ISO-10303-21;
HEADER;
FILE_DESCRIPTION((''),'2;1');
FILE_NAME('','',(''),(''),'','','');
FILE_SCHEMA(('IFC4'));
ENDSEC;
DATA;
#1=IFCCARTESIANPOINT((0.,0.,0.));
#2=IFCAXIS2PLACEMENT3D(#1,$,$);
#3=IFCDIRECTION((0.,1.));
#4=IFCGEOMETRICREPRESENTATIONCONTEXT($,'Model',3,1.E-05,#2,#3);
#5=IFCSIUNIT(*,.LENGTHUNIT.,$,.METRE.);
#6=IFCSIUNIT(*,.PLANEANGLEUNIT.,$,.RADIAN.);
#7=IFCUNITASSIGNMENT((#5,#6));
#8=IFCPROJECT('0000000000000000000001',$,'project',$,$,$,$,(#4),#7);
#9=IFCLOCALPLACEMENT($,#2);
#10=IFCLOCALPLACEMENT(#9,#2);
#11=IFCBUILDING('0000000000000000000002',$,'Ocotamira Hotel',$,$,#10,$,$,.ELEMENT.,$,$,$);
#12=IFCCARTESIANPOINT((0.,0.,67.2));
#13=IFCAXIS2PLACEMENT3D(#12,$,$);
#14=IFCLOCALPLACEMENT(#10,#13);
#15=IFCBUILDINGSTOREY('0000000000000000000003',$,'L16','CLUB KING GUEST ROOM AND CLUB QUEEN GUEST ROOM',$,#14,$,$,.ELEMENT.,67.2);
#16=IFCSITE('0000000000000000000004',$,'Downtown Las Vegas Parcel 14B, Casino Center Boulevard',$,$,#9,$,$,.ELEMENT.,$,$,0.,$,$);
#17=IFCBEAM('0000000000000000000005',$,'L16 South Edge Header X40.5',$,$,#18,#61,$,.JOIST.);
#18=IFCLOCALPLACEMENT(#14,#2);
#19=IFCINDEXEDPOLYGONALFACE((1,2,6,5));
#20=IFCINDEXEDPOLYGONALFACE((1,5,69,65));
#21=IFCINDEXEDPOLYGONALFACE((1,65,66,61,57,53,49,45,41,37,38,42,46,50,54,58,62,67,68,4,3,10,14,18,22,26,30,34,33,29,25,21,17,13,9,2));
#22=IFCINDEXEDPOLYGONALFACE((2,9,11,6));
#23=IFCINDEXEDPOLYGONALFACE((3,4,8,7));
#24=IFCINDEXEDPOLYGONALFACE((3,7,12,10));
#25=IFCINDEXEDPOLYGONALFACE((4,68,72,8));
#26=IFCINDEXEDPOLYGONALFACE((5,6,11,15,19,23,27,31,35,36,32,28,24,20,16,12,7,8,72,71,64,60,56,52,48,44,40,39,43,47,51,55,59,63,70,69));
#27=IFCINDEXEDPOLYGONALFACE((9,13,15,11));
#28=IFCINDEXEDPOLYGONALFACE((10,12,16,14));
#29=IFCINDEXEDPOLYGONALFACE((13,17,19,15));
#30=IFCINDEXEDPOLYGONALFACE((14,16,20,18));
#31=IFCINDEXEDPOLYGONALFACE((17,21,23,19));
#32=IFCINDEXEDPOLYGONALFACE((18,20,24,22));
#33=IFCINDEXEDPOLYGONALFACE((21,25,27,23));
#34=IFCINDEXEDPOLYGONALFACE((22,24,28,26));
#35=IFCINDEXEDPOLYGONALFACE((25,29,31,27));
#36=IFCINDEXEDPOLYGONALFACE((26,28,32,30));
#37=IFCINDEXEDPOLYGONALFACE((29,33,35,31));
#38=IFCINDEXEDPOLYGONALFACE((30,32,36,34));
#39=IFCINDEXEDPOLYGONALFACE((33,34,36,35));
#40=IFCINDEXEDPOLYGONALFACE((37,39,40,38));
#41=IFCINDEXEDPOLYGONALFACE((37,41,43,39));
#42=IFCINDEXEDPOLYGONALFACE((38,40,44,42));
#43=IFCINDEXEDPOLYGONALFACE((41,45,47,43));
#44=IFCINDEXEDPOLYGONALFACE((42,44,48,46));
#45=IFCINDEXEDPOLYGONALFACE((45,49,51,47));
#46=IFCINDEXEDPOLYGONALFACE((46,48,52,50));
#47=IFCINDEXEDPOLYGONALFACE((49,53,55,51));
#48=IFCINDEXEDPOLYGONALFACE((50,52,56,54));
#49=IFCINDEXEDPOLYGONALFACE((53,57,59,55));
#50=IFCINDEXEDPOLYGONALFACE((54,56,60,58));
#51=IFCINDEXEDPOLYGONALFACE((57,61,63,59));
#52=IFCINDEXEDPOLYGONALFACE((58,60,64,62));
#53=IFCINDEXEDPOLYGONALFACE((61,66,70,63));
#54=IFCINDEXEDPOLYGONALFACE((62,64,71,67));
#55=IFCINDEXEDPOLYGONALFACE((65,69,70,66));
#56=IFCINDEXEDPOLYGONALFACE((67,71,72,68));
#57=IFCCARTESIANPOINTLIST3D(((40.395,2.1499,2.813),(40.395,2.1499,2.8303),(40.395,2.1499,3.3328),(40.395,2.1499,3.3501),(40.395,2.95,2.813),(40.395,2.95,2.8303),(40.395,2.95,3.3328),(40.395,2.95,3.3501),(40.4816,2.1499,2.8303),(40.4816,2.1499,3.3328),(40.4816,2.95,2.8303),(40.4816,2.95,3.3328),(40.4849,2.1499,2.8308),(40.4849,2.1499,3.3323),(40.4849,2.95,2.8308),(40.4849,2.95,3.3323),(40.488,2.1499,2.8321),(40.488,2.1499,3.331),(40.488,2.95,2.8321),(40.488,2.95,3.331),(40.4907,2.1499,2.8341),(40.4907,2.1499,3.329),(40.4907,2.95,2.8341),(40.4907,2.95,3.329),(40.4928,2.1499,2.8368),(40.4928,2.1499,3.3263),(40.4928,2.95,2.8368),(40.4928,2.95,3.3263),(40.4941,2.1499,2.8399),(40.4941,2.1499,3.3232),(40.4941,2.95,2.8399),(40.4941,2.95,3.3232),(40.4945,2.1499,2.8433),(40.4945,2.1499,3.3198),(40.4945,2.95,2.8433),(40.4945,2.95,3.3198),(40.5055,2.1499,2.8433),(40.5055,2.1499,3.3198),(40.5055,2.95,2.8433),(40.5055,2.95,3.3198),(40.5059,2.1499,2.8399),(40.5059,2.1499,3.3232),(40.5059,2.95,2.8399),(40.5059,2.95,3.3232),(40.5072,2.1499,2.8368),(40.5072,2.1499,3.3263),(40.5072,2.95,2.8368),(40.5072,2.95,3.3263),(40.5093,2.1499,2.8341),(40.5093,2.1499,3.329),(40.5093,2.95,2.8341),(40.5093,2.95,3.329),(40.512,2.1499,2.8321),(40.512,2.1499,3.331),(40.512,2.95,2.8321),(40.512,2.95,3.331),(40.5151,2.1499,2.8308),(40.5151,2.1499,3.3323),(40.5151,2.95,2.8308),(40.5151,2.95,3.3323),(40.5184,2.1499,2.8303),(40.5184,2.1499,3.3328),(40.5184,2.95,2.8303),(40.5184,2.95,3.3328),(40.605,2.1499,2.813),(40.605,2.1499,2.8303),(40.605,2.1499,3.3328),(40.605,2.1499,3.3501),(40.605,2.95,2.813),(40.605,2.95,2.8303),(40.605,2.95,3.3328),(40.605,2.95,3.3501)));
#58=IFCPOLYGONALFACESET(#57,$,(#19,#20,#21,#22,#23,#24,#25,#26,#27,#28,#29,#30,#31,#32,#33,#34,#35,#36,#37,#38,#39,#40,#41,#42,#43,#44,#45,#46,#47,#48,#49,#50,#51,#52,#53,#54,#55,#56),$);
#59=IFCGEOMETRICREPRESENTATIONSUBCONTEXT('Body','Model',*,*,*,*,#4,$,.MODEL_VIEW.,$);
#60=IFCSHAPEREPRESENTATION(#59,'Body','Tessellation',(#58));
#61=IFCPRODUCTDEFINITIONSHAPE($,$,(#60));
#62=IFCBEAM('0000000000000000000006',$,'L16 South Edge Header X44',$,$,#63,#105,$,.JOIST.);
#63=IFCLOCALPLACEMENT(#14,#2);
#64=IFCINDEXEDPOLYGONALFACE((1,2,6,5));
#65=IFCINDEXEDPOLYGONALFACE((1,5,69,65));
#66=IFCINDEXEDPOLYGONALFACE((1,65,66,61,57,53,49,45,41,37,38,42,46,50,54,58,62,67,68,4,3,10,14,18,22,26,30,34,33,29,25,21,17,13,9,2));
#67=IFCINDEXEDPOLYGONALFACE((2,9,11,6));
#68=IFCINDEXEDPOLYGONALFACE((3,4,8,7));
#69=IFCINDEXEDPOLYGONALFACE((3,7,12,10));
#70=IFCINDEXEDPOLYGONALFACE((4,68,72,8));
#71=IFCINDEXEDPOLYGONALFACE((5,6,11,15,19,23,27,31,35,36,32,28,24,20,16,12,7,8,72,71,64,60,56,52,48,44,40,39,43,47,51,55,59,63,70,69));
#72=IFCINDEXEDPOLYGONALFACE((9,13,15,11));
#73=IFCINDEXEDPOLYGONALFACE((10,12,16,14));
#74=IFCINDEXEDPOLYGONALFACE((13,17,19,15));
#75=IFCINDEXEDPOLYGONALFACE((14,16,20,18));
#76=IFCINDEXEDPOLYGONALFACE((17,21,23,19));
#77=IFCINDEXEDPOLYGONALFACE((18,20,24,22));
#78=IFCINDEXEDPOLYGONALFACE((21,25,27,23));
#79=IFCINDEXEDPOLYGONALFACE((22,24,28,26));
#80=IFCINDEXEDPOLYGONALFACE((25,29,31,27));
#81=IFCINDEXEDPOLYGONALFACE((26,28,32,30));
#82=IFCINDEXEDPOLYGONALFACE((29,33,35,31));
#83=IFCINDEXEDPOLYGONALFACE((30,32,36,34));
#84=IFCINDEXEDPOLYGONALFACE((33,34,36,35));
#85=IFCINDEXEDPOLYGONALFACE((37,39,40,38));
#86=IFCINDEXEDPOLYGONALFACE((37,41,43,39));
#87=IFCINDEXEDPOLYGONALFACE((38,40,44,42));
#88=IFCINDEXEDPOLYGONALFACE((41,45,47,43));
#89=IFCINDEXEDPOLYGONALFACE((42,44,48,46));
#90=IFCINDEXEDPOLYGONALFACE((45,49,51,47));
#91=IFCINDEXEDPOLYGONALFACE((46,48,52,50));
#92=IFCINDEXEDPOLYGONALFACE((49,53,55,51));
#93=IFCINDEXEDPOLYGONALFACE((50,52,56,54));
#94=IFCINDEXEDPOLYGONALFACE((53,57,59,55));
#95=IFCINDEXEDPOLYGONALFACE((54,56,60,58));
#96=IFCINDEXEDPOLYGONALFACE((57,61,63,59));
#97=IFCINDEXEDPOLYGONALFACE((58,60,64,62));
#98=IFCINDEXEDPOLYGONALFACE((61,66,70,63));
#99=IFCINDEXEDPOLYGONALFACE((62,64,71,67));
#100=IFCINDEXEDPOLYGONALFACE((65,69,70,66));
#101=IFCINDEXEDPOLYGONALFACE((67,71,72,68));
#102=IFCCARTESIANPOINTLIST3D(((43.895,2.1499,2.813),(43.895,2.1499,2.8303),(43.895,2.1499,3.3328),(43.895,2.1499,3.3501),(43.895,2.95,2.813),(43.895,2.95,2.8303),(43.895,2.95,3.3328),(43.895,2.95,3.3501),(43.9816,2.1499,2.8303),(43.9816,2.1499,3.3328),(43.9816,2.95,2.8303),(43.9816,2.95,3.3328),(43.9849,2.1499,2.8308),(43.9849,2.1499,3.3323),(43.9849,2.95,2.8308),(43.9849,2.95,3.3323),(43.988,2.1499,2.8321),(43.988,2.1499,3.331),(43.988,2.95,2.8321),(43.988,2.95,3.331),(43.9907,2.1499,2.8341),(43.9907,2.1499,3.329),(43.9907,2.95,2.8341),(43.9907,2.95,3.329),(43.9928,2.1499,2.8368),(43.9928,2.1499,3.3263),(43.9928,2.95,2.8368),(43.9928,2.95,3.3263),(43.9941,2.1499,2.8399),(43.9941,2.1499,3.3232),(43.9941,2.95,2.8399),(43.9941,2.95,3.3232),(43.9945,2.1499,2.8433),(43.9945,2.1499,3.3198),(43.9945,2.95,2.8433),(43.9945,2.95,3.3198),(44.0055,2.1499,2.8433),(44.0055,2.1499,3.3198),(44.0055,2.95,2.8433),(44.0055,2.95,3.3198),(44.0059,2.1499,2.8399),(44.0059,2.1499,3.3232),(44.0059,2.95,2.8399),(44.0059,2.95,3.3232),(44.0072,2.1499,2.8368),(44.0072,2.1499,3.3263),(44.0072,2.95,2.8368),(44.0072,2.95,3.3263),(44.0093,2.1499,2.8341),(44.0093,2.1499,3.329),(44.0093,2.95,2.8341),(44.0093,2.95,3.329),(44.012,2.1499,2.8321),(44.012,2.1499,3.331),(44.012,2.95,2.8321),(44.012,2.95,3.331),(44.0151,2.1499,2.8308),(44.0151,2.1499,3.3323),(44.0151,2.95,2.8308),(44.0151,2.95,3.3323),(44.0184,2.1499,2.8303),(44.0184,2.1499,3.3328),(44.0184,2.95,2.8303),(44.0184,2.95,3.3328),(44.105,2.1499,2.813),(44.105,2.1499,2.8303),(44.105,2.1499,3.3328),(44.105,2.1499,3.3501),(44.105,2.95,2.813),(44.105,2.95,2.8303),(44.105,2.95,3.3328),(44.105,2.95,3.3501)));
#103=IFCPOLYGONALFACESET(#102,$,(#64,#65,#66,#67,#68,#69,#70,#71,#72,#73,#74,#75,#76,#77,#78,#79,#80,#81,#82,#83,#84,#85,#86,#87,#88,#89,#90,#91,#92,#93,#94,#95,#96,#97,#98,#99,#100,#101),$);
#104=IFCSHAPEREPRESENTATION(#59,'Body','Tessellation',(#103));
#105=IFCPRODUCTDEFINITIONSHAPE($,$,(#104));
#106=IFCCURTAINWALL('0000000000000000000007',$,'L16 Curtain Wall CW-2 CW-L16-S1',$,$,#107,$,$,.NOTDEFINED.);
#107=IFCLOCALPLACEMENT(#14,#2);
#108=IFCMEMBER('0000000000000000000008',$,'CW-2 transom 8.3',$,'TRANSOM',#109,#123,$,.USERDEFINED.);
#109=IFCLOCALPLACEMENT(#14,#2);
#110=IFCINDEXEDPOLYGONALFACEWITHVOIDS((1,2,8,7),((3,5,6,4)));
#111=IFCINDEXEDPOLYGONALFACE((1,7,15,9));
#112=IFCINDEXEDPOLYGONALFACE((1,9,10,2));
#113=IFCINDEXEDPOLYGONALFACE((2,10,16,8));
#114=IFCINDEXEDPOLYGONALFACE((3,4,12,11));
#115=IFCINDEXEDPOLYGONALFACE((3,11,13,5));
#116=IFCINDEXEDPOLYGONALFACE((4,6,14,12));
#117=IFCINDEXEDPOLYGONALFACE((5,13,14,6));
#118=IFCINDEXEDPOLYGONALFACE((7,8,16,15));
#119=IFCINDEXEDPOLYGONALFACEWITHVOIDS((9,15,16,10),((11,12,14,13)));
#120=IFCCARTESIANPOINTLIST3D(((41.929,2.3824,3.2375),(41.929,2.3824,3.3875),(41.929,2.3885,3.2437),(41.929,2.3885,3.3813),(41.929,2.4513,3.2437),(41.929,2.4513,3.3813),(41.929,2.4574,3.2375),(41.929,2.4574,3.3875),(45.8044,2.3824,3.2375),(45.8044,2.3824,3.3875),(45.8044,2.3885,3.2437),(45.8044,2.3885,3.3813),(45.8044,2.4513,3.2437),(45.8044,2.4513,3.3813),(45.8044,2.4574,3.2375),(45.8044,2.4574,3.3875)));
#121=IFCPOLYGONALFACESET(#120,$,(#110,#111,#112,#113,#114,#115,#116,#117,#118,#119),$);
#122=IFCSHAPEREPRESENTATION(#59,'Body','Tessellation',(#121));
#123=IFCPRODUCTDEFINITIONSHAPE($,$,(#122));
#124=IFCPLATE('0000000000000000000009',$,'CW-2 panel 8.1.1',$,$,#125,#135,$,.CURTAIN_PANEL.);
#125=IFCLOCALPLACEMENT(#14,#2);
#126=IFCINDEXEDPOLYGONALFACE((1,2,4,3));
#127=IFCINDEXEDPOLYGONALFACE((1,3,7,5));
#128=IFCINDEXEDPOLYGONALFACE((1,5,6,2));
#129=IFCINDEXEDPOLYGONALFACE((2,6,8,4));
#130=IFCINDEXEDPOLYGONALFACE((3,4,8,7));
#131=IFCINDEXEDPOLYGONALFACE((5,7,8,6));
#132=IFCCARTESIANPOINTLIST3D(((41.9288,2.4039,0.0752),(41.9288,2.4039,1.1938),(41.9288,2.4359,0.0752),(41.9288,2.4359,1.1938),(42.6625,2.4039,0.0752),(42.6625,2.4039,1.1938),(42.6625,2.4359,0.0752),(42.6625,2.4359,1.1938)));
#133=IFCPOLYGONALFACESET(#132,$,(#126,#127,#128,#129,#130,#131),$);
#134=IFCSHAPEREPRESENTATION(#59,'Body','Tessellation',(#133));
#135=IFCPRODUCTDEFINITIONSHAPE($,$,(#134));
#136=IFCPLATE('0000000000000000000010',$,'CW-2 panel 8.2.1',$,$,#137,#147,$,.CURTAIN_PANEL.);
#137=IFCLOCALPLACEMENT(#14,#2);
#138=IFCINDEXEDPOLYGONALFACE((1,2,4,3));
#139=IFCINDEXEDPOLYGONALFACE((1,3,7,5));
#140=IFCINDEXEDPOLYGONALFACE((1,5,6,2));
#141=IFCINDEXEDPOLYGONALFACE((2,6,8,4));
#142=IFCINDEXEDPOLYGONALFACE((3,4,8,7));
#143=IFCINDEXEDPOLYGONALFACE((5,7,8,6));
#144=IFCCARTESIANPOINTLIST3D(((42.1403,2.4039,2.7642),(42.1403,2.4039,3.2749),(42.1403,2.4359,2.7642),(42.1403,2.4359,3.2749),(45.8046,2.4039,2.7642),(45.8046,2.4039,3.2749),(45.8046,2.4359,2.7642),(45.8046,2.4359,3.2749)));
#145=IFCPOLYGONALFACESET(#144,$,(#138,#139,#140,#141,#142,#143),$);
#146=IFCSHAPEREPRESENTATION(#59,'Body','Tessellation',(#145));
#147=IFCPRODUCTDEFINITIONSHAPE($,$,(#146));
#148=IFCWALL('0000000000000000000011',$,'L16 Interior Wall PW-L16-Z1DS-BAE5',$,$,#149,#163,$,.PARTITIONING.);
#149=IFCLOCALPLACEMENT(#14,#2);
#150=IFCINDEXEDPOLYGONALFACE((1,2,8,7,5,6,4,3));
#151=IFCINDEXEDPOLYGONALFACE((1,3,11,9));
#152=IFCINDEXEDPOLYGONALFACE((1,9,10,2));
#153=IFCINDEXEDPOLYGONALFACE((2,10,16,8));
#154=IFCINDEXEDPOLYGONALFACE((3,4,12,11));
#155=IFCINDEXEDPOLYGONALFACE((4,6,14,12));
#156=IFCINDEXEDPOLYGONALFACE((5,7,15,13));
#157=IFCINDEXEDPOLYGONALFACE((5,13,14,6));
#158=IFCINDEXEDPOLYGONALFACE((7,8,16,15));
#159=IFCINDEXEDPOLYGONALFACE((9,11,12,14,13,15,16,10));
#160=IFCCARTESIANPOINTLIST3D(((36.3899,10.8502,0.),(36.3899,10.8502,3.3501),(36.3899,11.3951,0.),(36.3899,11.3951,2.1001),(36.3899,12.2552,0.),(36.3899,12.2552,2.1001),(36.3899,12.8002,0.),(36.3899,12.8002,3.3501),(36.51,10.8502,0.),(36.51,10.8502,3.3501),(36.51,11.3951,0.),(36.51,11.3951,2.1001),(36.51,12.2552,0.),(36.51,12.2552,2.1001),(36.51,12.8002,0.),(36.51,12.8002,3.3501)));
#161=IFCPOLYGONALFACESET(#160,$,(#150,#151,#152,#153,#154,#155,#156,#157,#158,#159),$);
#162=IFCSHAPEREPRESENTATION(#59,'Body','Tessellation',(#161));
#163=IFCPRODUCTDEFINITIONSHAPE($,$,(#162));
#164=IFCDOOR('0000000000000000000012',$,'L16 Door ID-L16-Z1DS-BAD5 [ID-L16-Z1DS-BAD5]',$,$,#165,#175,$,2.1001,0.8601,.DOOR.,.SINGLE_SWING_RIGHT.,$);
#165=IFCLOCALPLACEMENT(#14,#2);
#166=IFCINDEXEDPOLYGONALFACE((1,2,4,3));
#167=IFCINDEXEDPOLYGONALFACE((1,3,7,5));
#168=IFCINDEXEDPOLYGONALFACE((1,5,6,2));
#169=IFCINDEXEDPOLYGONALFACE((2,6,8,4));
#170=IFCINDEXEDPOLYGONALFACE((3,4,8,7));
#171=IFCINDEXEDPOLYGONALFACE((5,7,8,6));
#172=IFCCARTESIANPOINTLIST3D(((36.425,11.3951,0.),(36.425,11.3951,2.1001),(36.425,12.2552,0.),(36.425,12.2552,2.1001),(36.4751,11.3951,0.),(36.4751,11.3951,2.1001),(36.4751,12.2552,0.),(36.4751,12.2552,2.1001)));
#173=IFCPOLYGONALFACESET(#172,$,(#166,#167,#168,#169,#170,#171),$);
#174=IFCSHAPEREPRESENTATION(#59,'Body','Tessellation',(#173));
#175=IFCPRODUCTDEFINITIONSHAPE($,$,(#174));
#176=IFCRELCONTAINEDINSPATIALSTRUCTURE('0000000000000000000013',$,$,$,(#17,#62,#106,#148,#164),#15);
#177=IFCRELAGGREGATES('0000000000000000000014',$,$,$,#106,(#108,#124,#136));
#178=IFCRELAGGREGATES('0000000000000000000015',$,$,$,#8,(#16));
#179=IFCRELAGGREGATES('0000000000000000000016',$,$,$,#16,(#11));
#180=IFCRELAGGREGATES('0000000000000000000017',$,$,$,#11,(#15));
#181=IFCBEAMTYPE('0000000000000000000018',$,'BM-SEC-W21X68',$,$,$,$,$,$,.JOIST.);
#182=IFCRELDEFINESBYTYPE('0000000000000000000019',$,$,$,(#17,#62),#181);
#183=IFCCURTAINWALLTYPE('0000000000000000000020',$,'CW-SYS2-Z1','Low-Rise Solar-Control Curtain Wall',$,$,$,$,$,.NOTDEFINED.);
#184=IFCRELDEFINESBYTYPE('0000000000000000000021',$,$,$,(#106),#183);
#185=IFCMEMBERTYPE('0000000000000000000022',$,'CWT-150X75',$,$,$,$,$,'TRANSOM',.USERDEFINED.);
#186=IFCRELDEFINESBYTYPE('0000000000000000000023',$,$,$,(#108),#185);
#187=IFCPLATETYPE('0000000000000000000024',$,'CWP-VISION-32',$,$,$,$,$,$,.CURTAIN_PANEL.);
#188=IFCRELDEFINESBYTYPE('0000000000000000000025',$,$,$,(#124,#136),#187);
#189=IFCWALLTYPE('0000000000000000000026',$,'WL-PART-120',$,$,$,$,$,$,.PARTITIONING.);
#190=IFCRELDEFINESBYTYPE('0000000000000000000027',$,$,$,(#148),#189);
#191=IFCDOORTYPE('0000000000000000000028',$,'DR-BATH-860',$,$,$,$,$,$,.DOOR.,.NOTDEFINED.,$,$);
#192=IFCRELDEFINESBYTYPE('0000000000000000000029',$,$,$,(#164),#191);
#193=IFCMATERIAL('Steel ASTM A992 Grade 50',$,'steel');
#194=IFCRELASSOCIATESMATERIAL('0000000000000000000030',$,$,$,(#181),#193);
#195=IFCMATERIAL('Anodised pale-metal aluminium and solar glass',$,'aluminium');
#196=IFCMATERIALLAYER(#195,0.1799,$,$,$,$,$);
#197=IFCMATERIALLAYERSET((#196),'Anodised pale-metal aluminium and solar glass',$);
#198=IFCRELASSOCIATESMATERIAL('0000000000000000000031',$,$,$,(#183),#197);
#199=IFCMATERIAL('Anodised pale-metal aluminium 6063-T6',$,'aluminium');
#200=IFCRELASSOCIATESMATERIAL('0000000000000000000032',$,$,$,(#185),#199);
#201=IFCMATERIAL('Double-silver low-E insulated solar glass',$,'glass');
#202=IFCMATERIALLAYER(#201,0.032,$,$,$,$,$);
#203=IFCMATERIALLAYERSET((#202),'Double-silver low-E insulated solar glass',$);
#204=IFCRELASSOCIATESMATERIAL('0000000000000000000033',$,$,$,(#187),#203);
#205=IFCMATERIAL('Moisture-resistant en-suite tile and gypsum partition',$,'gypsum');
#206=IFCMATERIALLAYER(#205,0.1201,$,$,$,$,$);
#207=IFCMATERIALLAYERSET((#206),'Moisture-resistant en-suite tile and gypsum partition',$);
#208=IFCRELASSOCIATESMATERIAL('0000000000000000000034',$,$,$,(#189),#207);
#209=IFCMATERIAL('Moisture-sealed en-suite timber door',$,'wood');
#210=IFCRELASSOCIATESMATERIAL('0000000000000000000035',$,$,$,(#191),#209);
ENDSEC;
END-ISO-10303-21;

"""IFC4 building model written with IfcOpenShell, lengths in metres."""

from ifc_helpers import new_model, si_unit, direction, frame, frame_2d, origin, origin_2d, place, context, subcontext, project, spatial, rectangle, hollow_rectangle, i_section, extrude, source, transform, mapped, material, layer, layer_set, material_profile, profile_set, type_object, element, fill, aggregate, save


model = new_model("IFC4")

# Units and contexts
model_context = context("Model", 3, precision=1e-05, world=origin(), true_north=direction((0.0, 1.0)))
body_context = subcontext(model_context, "Body", "Model", "MODEL_VIEW")
ifc_project = project(units=[si_unit("LENGTHUNIT", "METRE"), si_unit("PLANEANGLEUNIT", "RADIAN")], contexts=[model_context])

# Site, building, storey
site_placement = place(None, origin())
site = spatial("IfcSite", under=ifc_project, at=site_placement, Name="Downtown Las Vegas Parcel 14B, Casino Center Boulevard", CompositionType="ELEMENT", RefElevation=0.0)
building_placement = place(site_placement, origin())
building = spatial("IfcBuilding", under=site, at=building_placement, Name="Ocotamira Hotel", CompositionType="ELEMENT")
storey_placement = place(building_placement, frame((0.0, 0.0, 67.2)))
storey = spatial("IfcBuildingStorey", under=building, at=storey_placement, Name="L16", Description="CLUB KING GUEST ROOM AND CLUB QUEEN GUEST ROOM", CompositionType="ELEMENT", Elevation=67.2)

# Beams
ifc_material_1 = material(Name="Steel ASTM A992 Grade 50", Category="steel")
ifc_material_profile_1 = material_profile(ifc_material_1, i_section(OverallWidth=0.21, OverallDepth=0.5371, WebThickness=0.011, FlangeThickness=0.0173, FilletRadius=0.0129, at=origin_2d()), Name="W21X68")
ifc_profile_set_1 = profile_set([ifc_material_profile_1], Name="Steel ASTM A992 Grade 50")
beam_type_1 = type_object("IfcBeamType", Name="BM-SEC-W21X68", PredefinedType="JOIST", material=ifc_profile_set_1)
shared_shape_1 = source(origin(), body_context, "Body", "SweptSolid", [
    extrude(i_section(OverallWidth=0.21, OverallDepth=0.5371, WebThickness=0.011, FlangeThickness=0.0173, FilletRadius=0.0129, at=origin_2d()), origin(), (0.0, 0.0, 1.0), 0.8),
])
for number, where, z_axis, x_axis, name in (
    (1, (40.5, 2.95, 3.0815), (0.0, -1.0, 0.0), (1.0, 0.0, 0.0), "L16 South Edge Header X40.5"),
    (2, (44.0, 2.95, 3.0815), (0.0, -1.0, 0.0), (1.0, 0.0, 0.0), "L16 South Edge Header X44"),
):
    element("IfcBeam", number, at=place(storey_placement, frame(where, z_axis=z_axis, x_axis=x_axis)), inside=storey, type_object=beam_type_1, Name=name, PredefinedType="JOIST", context=body_context, shape_type="MappedRepresentation", body=[
        mapped(shared_shape_1, transform((0.0, 0.0, 0.0), scale=1.0)),
    ])

# Curtain wall, member, plates
ifc_material_2 = material(Name="Anodised pale-metal aluminium and solar glass", Category="aluminium")
ifc_layer_1 = layer(ifc_material_2, 0.1799)
ifc_layer_set_1 = layer_set([ifc_layer_1], Name="Anodised pale-metal aluminium and solar glass")
curtain_wall_type = type_object("IfcCurtainWallType", Name="CW-SYS2-Z1", Description="Low-Rise Solar-Control Curtain Wall", PredefinedType="NOTDEFINED", material=ifc_layer_set_1)
curtain_wall_placement = place(storey_placement, origin())
curtain_wall = element("IfcCurtainWall", 3, at=curtain_wall_placement, inside=storey, type_object=curtain_wall_type, Name="L16 Curtain Wall CW-2 CW-L16-S1", PredefinedType="NOTDEFINED")
ifc_material_3 = material(Name="Anodised pale-metal aluminium 6063-T6", Category="aluminium")
ifc_material_profile_2 = material_profile(ifc_material_3, hollow_rectangle(XDim=0.075, YDim=0.1499, WallThickness=0.0061, at=origin_2d()), Name="HSS150X75X6")
ifc_profile_set_2 = profile_set([ifc_material_profile_2], Name="Anodised pale-metal aluminium 6063-T6")
member_type = type_object("IfcMemberType", Name="CWT-150X75", ElementType="TRANSOM", PredefinedType="USERDEFINED", material=ifc_profile_set_2)
shared_shape_2 = source(origin(), body_context, "Body", "SweptSolid", [
    extrude(hollow_rectangle(XDim=0.075, YDim=0.1499, WallThickness=0.0061, at=origin_2d()), origin(), (0.0, 0.0, 1.0), 3.8755),
])
member_placement = place(storey_placement, frame((41.929, 2.4199, 3.3125), z_axis=(1.0, 0.0, 0.0), x_axis=(0.0, 1.0, 0.0)))
member = element("IfcMember", 4, at=member_placement, type_object=member_type, Name="CW-2 transom 8.3", ObjectType="TRANSOM", PredefinedType="USERDEFINED", context=body_context, shape_type="MappedRepresentation", body=[
    mapped(shared_shape_2, transform((0.0, 0.0, 0.0), scale=1.0)),
])
ifc_material_4 = material(Name="Double-silver low-E insulated solar glass", Category="glass")
ifc_layer_2 = layer(ifc_material_4, 0.032)
ifc_layer_set_2 = layer_set([ifc_layer_2], Name="Double-silver low-E insulated solar glass")
plate_type = type_object("IfcPlateType", Name="CWP-VISION-32", PredefinedType="CURTAIN_PANEL", material=ifc_layer_set_2)
shared_shape_3 = source(origin(), body_context, "Body", "SweptSolid", [
    extrude(rectangle(XDim=0.7336, YDim=0.032, at=origin_2d()), origin(), (0.0, 0.0, 1.0), 1.1187),
])
plate_1_placement = place(storey_placement, frame((42.2957, 2.4199, 0.0752), z_axis=(0.0, 0.0, 1.0), x_axis=(1.0, 0.0, 0.0)))
plate_1 = element("IfcPlate", 5, at=plate_1_placement, type_object=plate_type, Name="CW-2 panel 8.1.1", PredefinedType="CURTAIN_PANEL", context=body_context, shape_type="MappedRepresentation", body=[
    mapped(shared_shape_3, transform((0.0, 0.0, 0.0), scale=1.0)),
])
shared_shape_4 = source(origin(), body_context, "Body", "SweptSolid", [
    extrude(rectangle(XDim=3.6643, YDim=0.032, at=origin_2d()), origin(), (0.0, 0.0, 1.0), 0.5107),
])
plate_2_placement = place(storey_placement, frame((43.9724, 2.4199, 2.7642), z_axis=(0.0, 0.0, 1.0), x_axis=(1.0, 0.0, 0.0)))
plate_2 = element("IfcPlate", 6, at=plate_2_placement, type_object=plate_type, Name="CW-2 panel 8.2.1", PredefinedType="CURTAIN_PANEL", context=body_context, shape_type="MappedRepresentation", body=[
    mapped(shared_shape_4, transform((0.0, 0.0, 0.0), scale=1.0)),
])
aggregate(curtain_wall, [member, plate_1, plate_2])

# Wall, opening, door
ifc_material_5 = material(Name="Moisture-resistant en-suite tile and gypsum partition", Category="gypsum")
ifc_layer_3 = layer(ifc_material_5, 0.1201)
ifc_layer_set_3 = layer_set([ifc_layer_3], Name="Moisture-resistant en-suite tile and gypsum partition")
wall_type = type_object("IfcWallType", Name="WL-PART-120", PredefinedType="PARTITIONING", material=ifc_layer_set_3)
wall_1_placement = place(storey_placement, frame((36.45, 10.8501, 0.0), z_axis=(0.0, 0.0, 1.0), x_axis=(0.0, 1.0, 0.0)))
wall_1 = element("IfcWall", 7, at=wall_1_placement, inside=storey, type_object=wall_type, Name="L16 Interior Wall PW-L16-Z1DS-BAE5", PredefinedType="PARTITIONING", context=body_context, shape_type="SweptSolid", body=[
    extrude(rectangle(XDim=1.95, YDim=0.1201, at=frame_2d((0.9751, 0.0))), origin(), (0.0, 0.0, 1.0), 3.3501),
])
opening_1_placement = place(wall_1_placement, frame((0.5449, 0.0, 0.0)))
opening_1 = element("IfcOpeningElement", 8, at=opening_1_placement, cuts=wall_1, PredefinedType="OPENING", context=body_context, shape_type="SweptSolid", body=[
    extrude(rectangle(XDim=0.8601, YDim=2.1001, at=frame_2d((0.4302, 1.05))), frame((0.0, 0.0701, 0.0), z_axis=(0.0, -1.0, 0.0), x_axis=(1.0, 0.0, 0.0)), (0.0, 0.0, 1.0), 0.1401),
])
ifc_material_6 = material(Name="Moisture-sealed en-suite timber door", Category="wood")
door_type = type_object("IfcDoorType", Name="DR-BATH-860", OperationType="NOTDEFINED", PredefinedType="DOOR", material=ifc_material_6)
shared_shape_5 = source(origin(), body_context, "Body", "SweptSolid", [
    extrude(rectangle(XDim=0.8601, YDim=2.1001, at=frame_2d((0.4302, 1.05))), frame((0.0, 0.0249, 0.0), z_axis=(0.0, -1.0, 0.0), x_axis=(1.0, 0.0, 0.0)), (0.0, 0.0, 1.0), 0.05),
])
door_1_placement = place(opening_1_placement, origin())
door_1 = element("IfcDoor", 9, at=door_1_placement, inside=storey, type_object=door_type, Name="L16 Door ID-L16-Z1DS-BAD5 [ID-L16-Z1DS-BAD5]", OperationType="SINGLE_SWING_RIGHT", OverallHeight=2.1001, OverallWidth=0.8601, PredefinedType="DOOR", context=body_context, shape_type="MappedRepresentation", body=[
    mapped(shared_shape_5, transform((0.0, 0.0, 0.0), scale=1.0)),
])
fill(opening_1, door_1)

save(model, "model.ifc")
